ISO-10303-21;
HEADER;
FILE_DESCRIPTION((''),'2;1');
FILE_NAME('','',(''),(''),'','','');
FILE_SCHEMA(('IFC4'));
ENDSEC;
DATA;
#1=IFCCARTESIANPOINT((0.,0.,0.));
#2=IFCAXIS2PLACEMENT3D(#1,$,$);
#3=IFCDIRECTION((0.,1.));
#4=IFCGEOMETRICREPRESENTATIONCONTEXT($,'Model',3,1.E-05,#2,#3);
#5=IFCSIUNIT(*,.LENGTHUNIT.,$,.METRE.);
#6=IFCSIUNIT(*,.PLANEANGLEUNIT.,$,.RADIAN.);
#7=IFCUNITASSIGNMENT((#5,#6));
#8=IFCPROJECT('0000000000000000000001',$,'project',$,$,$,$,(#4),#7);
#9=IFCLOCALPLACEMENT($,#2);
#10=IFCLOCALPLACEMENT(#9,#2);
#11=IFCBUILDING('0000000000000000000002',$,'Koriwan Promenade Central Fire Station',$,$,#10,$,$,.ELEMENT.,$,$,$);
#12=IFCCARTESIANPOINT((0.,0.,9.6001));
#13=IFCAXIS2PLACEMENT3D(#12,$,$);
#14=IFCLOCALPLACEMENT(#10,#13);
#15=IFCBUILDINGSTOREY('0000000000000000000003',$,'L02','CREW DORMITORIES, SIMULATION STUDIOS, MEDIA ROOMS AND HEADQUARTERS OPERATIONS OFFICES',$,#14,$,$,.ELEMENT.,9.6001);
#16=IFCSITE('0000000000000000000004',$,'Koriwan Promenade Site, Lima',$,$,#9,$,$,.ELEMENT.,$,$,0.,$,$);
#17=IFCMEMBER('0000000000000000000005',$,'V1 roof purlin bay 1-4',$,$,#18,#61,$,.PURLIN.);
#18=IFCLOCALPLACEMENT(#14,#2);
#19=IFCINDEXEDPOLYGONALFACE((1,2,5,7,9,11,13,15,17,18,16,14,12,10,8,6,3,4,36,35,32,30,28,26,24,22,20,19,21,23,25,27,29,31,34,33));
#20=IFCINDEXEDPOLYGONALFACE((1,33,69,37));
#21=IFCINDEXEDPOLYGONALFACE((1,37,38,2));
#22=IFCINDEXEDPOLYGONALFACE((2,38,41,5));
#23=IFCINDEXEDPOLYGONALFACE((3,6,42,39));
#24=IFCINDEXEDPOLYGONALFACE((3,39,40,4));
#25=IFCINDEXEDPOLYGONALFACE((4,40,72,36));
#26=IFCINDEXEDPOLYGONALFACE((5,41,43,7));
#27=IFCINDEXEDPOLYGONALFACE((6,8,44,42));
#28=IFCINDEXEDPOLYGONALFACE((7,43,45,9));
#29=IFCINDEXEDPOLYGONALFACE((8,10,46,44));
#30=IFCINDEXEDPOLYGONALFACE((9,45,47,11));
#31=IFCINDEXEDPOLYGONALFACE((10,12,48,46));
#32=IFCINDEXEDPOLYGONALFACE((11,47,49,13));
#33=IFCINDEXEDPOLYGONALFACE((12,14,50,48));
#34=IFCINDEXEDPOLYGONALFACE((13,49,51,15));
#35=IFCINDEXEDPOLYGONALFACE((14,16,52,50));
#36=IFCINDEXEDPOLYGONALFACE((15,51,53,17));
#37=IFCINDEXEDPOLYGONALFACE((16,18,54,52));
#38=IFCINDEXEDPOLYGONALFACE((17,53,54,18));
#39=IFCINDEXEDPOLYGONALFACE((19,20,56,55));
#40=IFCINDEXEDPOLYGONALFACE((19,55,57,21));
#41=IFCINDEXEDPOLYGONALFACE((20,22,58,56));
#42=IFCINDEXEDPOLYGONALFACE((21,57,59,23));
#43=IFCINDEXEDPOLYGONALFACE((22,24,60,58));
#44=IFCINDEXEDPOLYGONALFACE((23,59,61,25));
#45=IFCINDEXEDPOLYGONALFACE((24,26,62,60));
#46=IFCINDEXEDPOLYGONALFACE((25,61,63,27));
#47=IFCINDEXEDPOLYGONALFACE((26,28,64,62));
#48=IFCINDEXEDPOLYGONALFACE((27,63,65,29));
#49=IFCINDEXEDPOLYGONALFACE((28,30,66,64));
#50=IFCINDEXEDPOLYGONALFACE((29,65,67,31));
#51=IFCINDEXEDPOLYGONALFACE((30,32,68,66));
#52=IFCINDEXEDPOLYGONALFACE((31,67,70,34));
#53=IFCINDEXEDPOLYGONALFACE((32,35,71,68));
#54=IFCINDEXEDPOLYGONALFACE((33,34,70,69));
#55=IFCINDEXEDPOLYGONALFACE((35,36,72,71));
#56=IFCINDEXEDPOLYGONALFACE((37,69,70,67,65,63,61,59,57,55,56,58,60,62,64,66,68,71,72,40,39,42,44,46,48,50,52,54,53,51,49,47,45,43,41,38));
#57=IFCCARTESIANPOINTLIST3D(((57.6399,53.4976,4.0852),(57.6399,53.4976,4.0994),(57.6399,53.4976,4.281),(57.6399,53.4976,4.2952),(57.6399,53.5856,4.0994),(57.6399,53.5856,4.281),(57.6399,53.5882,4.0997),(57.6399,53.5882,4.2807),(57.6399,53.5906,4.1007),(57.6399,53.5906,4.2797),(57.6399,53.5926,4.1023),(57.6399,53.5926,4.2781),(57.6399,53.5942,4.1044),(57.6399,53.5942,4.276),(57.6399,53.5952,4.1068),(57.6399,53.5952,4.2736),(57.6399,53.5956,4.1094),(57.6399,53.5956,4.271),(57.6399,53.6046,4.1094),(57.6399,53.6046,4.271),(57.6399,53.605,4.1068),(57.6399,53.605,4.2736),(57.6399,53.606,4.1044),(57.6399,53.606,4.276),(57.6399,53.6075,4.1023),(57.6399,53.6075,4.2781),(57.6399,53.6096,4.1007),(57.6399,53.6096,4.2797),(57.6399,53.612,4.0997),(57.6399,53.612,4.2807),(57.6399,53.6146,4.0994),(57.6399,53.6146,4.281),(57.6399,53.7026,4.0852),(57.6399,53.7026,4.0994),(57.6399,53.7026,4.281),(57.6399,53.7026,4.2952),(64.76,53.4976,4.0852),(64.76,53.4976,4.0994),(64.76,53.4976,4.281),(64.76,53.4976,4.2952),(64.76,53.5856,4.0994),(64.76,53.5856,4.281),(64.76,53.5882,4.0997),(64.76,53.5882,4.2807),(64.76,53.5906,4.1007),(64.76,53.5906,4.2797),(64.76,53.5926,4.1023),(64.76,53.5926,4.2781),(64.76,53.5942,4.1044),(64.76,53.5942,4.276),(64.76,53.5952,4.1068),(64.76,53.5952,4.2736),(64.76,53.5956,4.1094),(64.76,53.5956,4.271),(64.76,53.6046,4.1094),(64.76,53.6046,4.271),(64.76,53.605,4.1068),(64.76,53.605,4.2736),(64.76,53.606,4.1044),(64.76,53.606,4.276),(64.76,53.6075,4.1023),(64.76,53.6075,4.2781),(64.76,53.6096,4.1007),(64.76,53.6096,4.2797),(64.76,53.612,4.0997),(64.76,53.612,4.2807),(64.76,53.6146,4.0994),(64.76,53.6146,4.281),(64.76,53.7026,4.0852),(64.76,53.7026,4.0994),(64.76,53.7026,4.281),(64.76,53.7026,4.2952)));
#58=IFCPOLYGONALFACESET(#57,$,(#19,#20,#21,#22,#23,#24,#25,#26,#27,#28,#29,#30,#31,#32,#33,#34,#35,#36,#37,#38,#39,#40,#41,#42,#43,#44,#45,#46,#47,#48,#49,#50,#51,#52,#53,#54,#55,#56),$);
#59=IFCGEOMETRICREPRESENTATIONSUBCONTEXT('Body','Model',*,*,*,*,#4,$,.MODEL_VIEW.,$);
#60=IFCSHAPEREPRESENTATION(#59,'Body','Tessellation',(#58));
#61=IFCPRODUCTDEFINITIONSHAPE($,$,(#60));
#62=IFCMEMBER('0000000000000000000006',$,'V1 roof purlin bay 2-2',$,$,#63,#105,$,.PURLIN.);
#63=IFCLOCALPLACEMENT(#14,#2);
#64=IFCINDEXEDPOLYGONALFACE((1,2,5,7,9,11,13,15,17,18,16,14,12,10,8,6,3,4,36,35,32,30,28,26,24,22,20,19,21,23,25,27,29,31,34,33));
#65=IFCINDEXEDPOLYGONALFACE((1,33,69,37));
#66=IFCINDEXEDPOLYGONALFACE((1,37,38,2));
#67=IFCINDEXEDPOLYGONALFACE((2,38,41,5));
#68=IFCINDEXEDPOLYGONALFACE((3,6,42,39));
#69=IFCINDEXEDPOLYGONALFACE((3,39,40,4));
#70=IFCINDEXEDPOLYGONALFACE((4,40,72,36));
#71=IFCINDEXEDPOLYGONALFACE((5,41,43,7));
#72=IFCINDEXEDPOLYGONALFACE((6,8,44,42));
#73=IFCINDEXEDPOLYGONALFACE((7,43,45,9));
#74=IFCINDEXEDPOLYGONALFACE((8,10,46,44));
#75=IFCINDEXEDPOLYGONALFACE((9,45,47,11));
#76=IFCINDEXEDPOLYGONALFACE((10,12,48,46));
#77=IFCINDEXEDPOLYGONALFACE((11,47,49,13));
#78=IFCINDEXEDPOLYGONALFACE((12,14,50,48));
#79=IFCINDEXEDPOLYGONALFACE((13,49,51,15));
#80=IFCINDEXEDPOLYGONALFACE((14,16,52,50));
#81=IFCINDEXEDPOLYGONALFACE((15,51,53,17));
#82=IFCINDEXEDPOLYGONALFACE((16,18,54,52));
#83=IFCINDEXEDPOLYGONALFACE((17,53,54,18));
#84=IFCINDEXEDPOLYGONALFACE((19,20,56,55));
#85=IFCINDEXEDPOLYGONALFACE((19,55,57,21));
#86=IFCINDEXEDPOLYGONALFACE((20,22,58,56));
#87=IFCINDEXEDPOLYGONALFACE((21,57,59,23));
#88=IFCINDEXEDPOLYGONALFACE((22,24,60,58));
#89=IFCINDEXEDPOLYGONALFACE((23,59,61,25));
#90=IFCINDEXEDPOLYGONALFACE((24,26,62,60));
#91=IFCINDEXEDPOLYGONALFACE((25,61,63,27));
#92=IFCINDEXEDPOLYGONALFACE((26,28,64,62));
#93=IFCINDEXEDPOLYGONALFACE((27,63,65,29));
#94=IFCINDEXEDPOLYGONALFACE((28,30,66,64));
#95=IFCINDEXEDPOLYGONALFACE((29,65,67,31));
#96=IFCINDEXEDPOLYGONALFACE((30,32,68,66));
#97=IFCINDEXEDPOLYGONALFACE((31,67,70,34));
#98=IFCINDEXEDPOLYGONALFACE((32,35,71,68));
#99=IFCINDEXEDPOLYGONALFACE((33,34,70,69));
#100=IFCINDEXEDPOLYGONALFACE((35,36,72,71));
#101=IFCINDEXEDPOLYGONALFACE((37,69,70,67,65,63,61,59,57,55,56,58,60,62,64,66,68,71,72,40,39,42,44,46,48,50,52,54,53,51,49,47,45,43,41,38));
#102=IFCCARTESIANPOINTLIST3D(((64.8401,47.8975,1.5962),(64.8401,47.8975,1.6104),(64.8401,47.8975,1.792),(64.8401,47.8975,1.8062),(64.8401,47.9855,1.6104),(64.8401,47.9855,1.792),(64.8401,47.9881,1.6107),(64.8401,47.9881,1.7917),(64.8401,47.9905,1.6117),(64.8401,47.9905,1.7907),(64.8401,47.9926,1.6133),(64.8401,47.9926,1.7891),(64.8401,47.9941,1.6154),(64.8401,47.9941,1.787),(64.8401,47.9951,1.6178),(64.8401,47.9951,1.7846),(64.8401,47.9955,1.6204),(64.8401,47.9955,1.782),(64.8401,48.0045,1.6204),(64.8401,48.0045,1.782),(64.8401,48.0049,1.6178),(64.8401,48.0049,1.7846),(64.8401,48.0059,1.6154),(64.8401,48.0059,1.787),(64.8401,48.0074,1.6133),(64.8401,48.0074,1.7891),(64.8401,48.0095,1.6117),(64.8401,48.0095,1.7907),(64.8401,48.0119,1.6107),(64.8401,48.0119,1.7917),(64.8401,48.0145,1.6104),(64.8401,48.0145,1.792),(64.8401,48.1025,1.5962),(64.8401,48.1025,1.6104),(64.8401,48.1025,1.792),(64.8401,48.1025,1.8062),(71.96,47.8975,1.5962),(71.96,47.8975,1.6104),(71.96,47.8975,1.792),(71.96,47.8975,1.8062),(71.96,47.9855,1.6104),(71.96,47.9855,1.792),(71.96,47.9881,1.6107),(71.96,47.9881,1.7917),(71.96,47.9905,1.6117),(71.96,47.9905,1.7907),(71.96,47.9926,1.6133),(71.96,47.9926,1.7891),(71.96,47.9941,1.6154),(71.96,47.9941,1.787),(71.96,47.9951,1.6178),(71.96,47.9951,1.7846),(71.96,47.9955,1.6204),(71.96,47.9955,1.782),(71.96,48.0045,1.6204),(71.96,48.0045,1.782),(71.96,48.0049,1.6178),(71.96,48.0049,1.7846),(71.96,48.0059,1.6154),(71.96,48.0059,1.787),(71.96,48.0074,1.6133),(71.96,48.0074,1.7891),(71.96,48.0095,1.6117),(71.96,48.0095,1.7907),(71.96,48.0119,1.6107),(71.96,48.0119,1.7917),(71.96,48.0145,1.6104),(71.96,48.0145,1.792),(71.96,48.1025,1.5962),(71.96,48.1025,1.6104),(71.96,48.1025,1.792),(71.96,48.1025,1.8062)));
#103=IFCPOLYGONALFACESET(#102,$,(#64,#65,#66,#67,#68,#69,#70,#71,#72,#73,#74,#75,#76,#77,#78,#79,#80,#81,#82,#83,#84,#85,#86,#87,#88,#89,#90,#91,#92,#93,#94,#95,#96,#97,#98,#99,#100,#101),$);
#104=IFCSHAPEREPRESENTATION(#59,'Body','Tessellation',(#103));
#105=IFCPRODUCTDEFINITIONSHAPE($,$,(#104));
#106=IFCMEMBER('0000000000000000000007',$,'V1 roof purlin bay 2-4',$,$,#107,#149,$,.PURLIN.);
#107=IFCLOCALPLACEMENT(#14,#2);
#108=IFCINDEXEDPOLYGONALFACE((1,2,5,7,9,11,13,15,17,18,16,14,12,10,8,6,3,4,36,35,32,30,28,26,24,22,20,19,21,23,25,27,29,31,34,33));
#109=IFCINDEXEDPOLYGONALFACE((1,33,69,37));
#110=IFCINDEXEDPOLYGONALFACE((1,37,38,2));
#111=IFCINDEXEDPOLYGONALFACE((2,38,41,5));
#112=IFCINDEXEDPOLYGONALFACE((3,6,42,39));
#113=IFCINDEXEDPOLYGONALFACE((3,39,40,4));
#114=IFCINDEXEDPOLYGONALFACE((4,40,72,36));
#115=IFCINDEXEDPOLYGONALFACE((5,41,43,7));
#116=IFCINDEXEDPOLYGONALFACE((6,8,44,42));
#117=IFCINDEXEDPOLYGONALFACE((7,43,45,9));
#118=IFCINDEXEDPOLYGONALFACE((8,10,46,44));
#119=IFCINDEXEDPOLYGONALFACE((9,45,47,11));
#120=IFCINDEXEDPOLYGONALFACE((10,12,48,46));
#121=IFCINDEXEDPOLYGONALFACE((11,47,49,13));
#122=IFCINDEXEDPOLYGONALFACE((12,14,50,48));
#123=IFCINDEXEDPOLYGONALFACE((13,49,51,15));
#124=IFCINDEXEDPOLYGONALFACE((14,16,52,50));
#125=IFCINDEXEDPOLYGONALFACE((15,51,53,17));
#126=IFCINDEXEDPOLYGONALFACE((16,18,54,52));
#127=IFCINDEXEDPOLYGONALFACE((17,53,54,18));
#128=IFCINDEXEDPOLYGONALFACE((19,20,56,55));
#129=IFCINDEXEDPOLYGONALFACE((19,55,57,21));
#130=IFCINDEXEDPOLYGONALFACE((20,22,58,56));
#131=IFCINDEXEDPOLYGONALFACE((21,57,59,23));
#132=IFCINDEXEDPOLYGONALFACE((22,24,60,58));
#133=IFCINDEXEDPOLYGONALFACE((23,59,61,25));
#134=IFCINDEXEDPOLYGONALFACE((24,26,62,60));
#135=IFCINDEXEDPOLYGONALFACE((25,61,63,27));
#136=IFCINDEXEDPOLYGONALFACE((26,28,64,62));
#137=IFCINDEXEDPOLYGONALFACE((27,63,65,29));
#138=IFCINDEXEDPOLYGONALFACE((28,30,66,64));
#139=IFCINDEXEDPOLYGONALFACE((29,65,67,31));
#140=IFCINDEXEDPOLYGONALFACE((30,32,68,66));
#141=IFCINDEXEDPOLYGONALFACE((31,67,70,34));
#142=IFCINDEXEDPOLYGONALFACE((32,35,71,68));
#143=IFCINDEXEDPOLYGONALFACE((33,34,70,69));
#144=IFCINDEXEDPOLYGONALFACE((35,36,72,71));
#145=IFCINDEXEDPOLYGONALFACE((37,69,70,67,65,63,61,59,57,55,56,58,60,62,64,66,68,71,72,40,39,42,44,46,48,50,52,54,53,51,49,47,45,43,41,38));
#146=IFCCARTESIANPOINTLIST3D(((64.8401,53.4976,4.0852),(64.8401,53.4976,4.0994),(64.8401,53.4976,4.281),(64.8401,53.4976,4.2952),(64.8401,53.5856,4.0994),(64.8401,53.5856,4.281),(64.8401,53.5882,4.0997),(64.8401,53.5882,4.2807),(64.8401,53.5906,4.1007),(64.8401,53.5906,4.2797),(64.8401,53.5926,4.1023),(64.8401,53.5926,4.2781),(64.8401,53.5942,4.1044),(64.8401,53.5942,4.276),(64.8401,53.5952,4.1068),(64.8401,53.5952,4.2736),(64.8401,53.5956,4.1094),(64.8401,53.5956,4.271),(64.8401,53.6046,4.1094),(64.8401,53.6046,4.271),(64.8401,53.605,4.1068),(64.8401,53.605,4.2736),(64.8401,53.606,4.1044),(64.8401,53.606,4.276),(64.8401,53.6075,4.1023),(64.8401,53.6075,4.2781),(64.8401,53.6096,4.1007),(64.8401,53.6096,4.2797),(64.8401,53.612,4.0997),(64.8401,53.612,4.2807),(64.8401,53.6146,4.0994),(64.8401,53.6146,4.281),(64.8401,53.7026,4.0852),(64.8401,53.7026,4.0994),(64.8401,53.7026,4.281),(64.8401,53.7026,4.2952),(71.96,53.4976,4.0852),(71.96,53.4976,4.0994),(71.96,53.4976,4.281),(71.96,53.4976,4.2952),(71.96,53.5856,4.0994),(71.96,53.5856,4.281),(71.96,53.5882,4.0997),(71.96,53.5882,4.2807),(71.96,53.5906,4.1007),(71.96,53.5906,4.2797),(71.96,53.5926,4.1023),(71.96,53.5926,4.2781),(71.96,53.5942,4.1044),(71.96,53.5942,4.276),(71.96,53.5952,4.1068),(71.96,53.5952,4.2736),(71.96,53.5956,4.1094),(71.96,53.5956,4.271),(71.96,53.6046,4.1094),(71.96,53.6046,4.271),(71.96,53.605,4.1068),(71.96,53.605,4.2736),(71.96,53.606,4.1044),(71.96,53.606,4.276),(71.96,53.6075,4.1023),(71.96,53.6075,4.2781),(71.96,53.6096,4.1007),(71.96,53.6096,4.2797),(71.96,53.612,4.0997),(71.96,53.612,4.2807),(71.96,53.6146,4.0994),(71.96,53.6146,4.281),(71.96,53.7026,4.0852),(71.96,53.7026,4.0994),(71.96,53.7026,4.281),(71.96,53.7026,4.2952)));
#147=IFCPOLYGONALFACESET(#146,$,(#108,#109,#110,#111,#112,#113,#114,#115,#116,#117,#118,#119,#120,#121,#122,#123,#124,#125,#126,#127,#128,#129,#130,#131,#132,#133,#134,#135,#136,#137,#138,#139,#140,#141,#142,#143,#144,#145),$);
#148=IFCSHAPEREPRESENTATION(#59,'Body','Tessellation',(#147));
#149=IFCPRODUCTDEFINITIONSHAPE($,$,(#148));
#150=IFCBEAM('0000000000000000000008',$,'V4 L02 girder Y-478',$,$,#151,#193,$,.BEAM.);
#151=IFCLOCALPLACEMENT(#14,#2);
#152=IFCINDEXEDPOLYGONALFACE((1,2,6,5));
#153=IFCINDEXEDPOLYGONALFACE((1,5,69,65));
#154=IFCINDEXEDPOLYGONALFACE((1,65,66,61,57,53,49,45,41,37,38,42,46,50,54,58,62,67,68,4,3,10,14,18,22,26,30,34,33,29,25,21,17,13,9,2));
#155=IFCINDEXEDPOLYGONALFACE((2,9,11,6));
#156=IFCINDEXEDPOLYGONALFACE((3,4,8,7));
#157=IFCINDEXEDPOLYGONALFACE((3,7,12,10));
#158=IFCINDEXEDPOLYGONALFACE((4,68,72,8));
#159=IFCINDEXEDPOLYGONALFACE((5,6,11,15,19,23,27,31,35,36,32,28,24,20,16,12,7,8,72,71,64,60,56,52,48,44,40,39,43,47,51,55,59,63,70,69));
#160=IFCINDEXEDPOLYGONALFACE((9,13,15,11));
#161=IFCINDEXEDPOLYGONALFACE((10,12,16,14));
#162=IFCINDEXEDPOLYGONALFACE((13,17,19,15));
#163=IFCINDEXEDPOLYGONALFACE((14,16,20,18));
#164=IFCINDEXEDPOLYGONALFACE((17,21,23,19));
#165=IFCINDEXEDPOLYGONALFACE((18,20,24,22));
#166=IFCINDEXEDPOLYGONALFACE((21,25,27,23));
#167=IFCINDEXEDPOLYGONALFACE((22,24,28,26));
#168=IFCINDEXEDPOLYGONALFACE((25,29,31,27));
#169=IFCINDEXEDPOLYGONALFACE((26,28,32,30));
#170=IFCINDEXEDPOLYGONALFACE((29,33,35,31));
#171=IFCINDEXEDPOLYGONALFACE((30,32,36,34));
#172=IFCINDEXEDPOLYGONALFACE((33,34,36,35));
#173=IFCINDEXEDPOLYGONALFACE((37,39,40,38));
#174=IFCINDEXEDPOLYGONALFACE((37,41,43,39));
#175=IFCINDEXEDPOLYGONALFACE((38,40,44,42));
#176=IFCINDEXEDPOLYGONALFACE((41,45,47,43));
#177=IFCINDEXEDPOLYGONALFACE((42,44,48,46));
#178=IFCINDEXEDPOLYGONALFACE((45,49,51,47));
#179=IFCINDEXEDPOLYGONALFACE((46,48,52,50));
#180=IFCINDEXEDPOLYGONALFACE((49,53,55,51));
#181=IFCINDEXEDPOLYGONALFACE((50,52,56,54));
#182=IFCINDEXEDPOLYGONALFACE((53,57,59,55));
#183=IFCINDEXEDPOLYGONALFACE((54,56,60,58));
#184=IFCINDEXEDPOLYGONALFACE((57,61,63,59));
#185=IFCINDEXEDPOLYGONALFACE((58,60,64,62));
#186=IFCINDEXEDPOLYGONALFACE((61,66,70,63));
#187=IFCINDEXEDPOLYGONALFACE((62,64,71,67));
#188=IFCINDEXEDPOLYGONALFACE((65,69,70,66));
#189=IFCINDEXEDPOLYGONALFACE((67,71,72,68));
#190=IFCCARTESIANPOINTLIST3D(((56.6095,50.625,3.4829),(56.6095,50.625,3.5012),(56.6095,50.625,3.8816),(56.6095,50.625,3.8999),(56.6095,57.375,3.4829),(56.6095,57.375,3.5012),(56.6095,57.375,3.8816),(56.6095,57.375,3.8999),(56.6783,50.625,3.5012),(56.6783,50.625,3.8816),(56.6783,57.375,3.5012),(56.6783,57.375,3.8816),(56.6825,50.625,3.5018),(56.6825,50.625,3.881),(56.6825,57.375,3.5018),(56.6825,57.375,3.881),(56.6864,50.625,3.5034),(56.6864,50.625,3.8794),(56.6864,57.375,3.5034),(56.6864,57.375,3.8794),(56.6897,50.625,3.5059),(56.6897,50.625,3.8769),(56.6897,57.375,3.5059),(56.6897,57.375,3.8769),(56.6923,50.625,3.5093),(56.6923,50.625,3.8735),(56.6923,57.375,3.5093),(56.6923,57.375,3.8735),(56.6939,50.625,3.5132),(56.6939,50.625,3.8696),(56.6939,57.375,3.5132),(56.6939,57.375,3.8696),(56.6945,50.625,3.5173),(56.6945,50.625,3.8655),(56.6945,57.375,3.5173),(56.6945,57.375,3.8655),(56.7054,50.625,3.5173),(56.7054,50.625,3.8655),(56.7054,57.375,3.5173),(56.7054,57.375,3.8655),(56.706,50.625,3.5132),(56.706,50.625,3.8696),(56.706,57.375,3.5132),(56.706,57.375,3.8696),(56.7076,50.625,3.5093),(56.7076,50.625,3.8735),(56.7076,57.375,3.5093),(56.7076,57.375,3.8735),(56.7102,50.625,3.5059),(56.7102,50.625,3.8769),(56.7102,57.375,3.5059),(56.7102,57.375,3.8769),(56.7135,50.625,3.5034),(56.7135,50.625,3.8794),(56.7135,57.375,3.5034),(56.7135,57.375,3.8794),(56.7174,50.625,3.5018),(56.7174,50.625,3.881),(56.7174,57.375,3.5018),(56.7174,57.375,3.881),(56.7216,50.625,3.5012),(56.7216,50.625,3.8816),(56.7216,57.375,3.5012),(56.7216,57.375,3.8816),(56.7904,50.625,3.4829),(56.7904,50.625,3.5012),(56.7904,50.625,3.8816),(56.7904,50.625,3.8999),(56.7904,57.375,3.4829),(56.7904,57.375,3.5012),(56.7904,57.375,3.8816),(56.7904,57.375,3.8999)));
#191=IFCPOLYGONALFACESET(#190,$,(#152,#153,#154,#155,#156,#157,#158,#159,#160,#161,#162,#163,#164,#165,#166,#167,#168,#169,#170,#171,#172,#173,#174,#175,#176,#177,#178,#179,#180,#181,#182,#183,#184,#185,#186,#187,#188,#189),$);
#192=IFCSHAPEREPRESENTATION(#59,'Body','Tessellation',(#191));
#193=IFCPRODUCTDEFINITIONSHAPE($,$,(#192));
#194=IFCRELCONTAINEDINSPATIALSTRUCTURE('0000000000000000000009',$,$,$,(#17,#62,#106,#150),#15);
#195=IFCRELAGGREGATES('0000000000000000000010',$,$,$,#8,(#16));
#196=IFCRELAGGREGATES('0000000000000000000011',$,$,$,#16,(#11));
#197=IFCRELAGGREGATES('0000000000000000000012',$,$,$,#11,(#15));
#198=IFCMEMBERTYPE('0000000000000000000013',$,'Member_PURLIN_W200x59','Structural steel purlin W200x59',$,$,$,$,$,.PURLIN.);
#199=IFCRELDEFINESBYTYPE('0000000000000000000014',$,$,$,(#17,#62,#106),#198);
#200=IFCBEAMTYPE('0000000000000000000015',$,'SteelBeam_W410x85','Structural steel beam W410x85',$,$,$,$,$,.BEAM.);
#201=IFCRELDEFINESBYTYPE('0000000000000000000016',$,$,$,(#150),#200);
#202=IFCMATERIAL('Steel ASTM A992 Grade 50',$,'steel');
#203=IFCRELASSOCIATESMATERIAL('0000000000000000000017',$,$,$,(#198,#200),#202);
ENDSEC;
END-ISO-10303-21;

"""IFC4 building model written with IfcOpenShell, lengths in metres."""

from ifc_helpers import new_model, si_unit, direction, frame, origin, origin_2d, place, context, subcontext, project, spatial, i_section, extrude, material, material_profile, profile_set, type_object, element, save


model = new_model("IFC4")

# Units and contexts
model_context = context("Model", 3, precision=1e-05, world=origin(), true_north=direction((0.0, 1.0)))
body_context = subcontext(model_context, "Body", "Model", "MODEL_VIEW")
ifc_project = project(units=[si_unit("LENGTHUNIT", "METRE"), si_unit("PLANEANGLEUNIT", "RADIAN")], contexts=[model_context])

# Site, building, storey
site_placement = place(None, origin())
site = spatial("IfcSite", under=ifc_project, at=site_placement, Name="Koriwan Promenade Site, Lima", CompositionType="ELEMENT", RefElevation=0.0)
building_placement = place(site_placement, origin())
building = spatial("IfcBuilding", under=site, at=building_placement, Name="Koriwan Promenade Central Fire Station", CompositionType="ELEMENT")
storey_placement = place(building_placement, frame((0.0, 0.0, 9.6001)))
storey = spatial("IfcBuildingStorey", under=building, at=storey_placement, Name="L02", Description="CREW DORMITORIES, SIMULATION STUDIOS, MEDIA ROOMS AND HEADQUARTERS OPERATIONS OFFICES", CompositionType="ELEMENT", Elevation=9.6001)

# Members
ifc_material_1 = material(Name="Steel ASTM A992 Grade 50", Category="steel")
ifc_material_profile_1 = material_profile(ifc_material_1, i_section(OverallWidth=0.2051, OverallDepth=0.21, WebThickness=0.009, FlangeThickness=0.0142, FilletRadius=0.01, at=origin_2d()), Name="W200x59")
ifc_profile_set_1 = profile_set([ifc_material_profile_1], Name="Steel ASTM A992 Grade 50")
member_type_1 = type_object("IfcMemberType", Name="Member_PURLIN_W200x59", Description="Structural steel purlin W200x59", PredefinedType="PURLIN", material=ifc_profile_set_1)
for number, where, z_axis, x_axis, name in (
    (1, (57.6399, 53.6001, 4.1902), (1.0, 0.0, 0.0), (0.0, 1.0, 0.0), "V1 roof purlin bay 1-4"),
):
    element("IfcMember", number, at=place(storey_placement, frame(where, z_axis=z_axis, x_axis=x_axis)), inside=storey, type_object=member_type_1, Name=name, PredefinedType="PURLIN", context=body_context, shape_type="SweptSolid", body=[
        extrude(i_section(OverallWidth=0.2051, OverallDepth=0.21, WebThickness=0.009, FlangeThickness=0.0142, FilletRadius=0.01, at=origin_2d()), origin(), (0.0, 0.0, 1.0), 7.1201),
    ])
for number, where, z_axis, x_axis, name in (
    (2, (64.8401, 48.0, 1.7012), (1.0, 0.0, 0.0), (0.0, 1.0, 0.0), "V1 roof purlin bay 2-2"),
    (3, (64.8401, 53.6001, 4.1902), (1.0, 0.0, 0.0), (0.0, 1.0, 0.0), "V1 roof purlin bay 2-4"),
):
    element("IfcMember", number, at=place(storey_placement, frame(where, z_axis=z_axis, x_axis=x_axis)), inside=storey, type_object=member_type_1, Name=name, PredefinedType="PURLIN", context=body_context, shape_type="SweptSolid", body=[
        extrude(i_section(OverallWidth=0.2051, OverallDepth=0.21, WebThickness=0.009, FlangeThickness=0.0142, FilletRadius=0.01, at=origin_2d()), origin(), (0.0, 0.0, 1.0), 7.1199),
    ])

# Beam
ifc_material_profile_2 = material_profile(ifc_material_1, i_section(OverallWidth=0.1809, OverallDepth=0.417, WebThickness=0.011, FlangeThickness=0.0183, FilletRadius=0.0161, at=origin_2d()), Name="W410x85")
ifc_profile_set_2 = profile_set([ifc_material_profile_2], Name="Steel ASTM A992 Grade 50")
beam_type = type_object("IfcBeamType", Name="SteelBeam_W410x85", Description="Structural steel beam W410x85", PredefinedType="BEAM", material=ifc_profile_set_2)
beam_placement = place(storey_placement, frame((56.7, 50.625, 3.6914), z_axis=(0.0, 1.0, 0.0), x_axis=(-1.0, 0.0, 0.0)))
element("IfcBeam", 4, at=beam_placement, inside=storey, type_object=beam_type, Name="V4 L02 girder Y-478", PredefinedType="BEAM", context=body_context, shape_type="SweptSolid", body=[
    extrude(i_section(OverallWidth=0.1809, OverallDepth=0.417, WebThickness=0.011, FlangeThickness=0.0183, FilletRadius=0.0161, at=origin_2d()), origin(), (0.0, 0.0, 1.0), 6.75),
])

save(model, "model.ifc")
